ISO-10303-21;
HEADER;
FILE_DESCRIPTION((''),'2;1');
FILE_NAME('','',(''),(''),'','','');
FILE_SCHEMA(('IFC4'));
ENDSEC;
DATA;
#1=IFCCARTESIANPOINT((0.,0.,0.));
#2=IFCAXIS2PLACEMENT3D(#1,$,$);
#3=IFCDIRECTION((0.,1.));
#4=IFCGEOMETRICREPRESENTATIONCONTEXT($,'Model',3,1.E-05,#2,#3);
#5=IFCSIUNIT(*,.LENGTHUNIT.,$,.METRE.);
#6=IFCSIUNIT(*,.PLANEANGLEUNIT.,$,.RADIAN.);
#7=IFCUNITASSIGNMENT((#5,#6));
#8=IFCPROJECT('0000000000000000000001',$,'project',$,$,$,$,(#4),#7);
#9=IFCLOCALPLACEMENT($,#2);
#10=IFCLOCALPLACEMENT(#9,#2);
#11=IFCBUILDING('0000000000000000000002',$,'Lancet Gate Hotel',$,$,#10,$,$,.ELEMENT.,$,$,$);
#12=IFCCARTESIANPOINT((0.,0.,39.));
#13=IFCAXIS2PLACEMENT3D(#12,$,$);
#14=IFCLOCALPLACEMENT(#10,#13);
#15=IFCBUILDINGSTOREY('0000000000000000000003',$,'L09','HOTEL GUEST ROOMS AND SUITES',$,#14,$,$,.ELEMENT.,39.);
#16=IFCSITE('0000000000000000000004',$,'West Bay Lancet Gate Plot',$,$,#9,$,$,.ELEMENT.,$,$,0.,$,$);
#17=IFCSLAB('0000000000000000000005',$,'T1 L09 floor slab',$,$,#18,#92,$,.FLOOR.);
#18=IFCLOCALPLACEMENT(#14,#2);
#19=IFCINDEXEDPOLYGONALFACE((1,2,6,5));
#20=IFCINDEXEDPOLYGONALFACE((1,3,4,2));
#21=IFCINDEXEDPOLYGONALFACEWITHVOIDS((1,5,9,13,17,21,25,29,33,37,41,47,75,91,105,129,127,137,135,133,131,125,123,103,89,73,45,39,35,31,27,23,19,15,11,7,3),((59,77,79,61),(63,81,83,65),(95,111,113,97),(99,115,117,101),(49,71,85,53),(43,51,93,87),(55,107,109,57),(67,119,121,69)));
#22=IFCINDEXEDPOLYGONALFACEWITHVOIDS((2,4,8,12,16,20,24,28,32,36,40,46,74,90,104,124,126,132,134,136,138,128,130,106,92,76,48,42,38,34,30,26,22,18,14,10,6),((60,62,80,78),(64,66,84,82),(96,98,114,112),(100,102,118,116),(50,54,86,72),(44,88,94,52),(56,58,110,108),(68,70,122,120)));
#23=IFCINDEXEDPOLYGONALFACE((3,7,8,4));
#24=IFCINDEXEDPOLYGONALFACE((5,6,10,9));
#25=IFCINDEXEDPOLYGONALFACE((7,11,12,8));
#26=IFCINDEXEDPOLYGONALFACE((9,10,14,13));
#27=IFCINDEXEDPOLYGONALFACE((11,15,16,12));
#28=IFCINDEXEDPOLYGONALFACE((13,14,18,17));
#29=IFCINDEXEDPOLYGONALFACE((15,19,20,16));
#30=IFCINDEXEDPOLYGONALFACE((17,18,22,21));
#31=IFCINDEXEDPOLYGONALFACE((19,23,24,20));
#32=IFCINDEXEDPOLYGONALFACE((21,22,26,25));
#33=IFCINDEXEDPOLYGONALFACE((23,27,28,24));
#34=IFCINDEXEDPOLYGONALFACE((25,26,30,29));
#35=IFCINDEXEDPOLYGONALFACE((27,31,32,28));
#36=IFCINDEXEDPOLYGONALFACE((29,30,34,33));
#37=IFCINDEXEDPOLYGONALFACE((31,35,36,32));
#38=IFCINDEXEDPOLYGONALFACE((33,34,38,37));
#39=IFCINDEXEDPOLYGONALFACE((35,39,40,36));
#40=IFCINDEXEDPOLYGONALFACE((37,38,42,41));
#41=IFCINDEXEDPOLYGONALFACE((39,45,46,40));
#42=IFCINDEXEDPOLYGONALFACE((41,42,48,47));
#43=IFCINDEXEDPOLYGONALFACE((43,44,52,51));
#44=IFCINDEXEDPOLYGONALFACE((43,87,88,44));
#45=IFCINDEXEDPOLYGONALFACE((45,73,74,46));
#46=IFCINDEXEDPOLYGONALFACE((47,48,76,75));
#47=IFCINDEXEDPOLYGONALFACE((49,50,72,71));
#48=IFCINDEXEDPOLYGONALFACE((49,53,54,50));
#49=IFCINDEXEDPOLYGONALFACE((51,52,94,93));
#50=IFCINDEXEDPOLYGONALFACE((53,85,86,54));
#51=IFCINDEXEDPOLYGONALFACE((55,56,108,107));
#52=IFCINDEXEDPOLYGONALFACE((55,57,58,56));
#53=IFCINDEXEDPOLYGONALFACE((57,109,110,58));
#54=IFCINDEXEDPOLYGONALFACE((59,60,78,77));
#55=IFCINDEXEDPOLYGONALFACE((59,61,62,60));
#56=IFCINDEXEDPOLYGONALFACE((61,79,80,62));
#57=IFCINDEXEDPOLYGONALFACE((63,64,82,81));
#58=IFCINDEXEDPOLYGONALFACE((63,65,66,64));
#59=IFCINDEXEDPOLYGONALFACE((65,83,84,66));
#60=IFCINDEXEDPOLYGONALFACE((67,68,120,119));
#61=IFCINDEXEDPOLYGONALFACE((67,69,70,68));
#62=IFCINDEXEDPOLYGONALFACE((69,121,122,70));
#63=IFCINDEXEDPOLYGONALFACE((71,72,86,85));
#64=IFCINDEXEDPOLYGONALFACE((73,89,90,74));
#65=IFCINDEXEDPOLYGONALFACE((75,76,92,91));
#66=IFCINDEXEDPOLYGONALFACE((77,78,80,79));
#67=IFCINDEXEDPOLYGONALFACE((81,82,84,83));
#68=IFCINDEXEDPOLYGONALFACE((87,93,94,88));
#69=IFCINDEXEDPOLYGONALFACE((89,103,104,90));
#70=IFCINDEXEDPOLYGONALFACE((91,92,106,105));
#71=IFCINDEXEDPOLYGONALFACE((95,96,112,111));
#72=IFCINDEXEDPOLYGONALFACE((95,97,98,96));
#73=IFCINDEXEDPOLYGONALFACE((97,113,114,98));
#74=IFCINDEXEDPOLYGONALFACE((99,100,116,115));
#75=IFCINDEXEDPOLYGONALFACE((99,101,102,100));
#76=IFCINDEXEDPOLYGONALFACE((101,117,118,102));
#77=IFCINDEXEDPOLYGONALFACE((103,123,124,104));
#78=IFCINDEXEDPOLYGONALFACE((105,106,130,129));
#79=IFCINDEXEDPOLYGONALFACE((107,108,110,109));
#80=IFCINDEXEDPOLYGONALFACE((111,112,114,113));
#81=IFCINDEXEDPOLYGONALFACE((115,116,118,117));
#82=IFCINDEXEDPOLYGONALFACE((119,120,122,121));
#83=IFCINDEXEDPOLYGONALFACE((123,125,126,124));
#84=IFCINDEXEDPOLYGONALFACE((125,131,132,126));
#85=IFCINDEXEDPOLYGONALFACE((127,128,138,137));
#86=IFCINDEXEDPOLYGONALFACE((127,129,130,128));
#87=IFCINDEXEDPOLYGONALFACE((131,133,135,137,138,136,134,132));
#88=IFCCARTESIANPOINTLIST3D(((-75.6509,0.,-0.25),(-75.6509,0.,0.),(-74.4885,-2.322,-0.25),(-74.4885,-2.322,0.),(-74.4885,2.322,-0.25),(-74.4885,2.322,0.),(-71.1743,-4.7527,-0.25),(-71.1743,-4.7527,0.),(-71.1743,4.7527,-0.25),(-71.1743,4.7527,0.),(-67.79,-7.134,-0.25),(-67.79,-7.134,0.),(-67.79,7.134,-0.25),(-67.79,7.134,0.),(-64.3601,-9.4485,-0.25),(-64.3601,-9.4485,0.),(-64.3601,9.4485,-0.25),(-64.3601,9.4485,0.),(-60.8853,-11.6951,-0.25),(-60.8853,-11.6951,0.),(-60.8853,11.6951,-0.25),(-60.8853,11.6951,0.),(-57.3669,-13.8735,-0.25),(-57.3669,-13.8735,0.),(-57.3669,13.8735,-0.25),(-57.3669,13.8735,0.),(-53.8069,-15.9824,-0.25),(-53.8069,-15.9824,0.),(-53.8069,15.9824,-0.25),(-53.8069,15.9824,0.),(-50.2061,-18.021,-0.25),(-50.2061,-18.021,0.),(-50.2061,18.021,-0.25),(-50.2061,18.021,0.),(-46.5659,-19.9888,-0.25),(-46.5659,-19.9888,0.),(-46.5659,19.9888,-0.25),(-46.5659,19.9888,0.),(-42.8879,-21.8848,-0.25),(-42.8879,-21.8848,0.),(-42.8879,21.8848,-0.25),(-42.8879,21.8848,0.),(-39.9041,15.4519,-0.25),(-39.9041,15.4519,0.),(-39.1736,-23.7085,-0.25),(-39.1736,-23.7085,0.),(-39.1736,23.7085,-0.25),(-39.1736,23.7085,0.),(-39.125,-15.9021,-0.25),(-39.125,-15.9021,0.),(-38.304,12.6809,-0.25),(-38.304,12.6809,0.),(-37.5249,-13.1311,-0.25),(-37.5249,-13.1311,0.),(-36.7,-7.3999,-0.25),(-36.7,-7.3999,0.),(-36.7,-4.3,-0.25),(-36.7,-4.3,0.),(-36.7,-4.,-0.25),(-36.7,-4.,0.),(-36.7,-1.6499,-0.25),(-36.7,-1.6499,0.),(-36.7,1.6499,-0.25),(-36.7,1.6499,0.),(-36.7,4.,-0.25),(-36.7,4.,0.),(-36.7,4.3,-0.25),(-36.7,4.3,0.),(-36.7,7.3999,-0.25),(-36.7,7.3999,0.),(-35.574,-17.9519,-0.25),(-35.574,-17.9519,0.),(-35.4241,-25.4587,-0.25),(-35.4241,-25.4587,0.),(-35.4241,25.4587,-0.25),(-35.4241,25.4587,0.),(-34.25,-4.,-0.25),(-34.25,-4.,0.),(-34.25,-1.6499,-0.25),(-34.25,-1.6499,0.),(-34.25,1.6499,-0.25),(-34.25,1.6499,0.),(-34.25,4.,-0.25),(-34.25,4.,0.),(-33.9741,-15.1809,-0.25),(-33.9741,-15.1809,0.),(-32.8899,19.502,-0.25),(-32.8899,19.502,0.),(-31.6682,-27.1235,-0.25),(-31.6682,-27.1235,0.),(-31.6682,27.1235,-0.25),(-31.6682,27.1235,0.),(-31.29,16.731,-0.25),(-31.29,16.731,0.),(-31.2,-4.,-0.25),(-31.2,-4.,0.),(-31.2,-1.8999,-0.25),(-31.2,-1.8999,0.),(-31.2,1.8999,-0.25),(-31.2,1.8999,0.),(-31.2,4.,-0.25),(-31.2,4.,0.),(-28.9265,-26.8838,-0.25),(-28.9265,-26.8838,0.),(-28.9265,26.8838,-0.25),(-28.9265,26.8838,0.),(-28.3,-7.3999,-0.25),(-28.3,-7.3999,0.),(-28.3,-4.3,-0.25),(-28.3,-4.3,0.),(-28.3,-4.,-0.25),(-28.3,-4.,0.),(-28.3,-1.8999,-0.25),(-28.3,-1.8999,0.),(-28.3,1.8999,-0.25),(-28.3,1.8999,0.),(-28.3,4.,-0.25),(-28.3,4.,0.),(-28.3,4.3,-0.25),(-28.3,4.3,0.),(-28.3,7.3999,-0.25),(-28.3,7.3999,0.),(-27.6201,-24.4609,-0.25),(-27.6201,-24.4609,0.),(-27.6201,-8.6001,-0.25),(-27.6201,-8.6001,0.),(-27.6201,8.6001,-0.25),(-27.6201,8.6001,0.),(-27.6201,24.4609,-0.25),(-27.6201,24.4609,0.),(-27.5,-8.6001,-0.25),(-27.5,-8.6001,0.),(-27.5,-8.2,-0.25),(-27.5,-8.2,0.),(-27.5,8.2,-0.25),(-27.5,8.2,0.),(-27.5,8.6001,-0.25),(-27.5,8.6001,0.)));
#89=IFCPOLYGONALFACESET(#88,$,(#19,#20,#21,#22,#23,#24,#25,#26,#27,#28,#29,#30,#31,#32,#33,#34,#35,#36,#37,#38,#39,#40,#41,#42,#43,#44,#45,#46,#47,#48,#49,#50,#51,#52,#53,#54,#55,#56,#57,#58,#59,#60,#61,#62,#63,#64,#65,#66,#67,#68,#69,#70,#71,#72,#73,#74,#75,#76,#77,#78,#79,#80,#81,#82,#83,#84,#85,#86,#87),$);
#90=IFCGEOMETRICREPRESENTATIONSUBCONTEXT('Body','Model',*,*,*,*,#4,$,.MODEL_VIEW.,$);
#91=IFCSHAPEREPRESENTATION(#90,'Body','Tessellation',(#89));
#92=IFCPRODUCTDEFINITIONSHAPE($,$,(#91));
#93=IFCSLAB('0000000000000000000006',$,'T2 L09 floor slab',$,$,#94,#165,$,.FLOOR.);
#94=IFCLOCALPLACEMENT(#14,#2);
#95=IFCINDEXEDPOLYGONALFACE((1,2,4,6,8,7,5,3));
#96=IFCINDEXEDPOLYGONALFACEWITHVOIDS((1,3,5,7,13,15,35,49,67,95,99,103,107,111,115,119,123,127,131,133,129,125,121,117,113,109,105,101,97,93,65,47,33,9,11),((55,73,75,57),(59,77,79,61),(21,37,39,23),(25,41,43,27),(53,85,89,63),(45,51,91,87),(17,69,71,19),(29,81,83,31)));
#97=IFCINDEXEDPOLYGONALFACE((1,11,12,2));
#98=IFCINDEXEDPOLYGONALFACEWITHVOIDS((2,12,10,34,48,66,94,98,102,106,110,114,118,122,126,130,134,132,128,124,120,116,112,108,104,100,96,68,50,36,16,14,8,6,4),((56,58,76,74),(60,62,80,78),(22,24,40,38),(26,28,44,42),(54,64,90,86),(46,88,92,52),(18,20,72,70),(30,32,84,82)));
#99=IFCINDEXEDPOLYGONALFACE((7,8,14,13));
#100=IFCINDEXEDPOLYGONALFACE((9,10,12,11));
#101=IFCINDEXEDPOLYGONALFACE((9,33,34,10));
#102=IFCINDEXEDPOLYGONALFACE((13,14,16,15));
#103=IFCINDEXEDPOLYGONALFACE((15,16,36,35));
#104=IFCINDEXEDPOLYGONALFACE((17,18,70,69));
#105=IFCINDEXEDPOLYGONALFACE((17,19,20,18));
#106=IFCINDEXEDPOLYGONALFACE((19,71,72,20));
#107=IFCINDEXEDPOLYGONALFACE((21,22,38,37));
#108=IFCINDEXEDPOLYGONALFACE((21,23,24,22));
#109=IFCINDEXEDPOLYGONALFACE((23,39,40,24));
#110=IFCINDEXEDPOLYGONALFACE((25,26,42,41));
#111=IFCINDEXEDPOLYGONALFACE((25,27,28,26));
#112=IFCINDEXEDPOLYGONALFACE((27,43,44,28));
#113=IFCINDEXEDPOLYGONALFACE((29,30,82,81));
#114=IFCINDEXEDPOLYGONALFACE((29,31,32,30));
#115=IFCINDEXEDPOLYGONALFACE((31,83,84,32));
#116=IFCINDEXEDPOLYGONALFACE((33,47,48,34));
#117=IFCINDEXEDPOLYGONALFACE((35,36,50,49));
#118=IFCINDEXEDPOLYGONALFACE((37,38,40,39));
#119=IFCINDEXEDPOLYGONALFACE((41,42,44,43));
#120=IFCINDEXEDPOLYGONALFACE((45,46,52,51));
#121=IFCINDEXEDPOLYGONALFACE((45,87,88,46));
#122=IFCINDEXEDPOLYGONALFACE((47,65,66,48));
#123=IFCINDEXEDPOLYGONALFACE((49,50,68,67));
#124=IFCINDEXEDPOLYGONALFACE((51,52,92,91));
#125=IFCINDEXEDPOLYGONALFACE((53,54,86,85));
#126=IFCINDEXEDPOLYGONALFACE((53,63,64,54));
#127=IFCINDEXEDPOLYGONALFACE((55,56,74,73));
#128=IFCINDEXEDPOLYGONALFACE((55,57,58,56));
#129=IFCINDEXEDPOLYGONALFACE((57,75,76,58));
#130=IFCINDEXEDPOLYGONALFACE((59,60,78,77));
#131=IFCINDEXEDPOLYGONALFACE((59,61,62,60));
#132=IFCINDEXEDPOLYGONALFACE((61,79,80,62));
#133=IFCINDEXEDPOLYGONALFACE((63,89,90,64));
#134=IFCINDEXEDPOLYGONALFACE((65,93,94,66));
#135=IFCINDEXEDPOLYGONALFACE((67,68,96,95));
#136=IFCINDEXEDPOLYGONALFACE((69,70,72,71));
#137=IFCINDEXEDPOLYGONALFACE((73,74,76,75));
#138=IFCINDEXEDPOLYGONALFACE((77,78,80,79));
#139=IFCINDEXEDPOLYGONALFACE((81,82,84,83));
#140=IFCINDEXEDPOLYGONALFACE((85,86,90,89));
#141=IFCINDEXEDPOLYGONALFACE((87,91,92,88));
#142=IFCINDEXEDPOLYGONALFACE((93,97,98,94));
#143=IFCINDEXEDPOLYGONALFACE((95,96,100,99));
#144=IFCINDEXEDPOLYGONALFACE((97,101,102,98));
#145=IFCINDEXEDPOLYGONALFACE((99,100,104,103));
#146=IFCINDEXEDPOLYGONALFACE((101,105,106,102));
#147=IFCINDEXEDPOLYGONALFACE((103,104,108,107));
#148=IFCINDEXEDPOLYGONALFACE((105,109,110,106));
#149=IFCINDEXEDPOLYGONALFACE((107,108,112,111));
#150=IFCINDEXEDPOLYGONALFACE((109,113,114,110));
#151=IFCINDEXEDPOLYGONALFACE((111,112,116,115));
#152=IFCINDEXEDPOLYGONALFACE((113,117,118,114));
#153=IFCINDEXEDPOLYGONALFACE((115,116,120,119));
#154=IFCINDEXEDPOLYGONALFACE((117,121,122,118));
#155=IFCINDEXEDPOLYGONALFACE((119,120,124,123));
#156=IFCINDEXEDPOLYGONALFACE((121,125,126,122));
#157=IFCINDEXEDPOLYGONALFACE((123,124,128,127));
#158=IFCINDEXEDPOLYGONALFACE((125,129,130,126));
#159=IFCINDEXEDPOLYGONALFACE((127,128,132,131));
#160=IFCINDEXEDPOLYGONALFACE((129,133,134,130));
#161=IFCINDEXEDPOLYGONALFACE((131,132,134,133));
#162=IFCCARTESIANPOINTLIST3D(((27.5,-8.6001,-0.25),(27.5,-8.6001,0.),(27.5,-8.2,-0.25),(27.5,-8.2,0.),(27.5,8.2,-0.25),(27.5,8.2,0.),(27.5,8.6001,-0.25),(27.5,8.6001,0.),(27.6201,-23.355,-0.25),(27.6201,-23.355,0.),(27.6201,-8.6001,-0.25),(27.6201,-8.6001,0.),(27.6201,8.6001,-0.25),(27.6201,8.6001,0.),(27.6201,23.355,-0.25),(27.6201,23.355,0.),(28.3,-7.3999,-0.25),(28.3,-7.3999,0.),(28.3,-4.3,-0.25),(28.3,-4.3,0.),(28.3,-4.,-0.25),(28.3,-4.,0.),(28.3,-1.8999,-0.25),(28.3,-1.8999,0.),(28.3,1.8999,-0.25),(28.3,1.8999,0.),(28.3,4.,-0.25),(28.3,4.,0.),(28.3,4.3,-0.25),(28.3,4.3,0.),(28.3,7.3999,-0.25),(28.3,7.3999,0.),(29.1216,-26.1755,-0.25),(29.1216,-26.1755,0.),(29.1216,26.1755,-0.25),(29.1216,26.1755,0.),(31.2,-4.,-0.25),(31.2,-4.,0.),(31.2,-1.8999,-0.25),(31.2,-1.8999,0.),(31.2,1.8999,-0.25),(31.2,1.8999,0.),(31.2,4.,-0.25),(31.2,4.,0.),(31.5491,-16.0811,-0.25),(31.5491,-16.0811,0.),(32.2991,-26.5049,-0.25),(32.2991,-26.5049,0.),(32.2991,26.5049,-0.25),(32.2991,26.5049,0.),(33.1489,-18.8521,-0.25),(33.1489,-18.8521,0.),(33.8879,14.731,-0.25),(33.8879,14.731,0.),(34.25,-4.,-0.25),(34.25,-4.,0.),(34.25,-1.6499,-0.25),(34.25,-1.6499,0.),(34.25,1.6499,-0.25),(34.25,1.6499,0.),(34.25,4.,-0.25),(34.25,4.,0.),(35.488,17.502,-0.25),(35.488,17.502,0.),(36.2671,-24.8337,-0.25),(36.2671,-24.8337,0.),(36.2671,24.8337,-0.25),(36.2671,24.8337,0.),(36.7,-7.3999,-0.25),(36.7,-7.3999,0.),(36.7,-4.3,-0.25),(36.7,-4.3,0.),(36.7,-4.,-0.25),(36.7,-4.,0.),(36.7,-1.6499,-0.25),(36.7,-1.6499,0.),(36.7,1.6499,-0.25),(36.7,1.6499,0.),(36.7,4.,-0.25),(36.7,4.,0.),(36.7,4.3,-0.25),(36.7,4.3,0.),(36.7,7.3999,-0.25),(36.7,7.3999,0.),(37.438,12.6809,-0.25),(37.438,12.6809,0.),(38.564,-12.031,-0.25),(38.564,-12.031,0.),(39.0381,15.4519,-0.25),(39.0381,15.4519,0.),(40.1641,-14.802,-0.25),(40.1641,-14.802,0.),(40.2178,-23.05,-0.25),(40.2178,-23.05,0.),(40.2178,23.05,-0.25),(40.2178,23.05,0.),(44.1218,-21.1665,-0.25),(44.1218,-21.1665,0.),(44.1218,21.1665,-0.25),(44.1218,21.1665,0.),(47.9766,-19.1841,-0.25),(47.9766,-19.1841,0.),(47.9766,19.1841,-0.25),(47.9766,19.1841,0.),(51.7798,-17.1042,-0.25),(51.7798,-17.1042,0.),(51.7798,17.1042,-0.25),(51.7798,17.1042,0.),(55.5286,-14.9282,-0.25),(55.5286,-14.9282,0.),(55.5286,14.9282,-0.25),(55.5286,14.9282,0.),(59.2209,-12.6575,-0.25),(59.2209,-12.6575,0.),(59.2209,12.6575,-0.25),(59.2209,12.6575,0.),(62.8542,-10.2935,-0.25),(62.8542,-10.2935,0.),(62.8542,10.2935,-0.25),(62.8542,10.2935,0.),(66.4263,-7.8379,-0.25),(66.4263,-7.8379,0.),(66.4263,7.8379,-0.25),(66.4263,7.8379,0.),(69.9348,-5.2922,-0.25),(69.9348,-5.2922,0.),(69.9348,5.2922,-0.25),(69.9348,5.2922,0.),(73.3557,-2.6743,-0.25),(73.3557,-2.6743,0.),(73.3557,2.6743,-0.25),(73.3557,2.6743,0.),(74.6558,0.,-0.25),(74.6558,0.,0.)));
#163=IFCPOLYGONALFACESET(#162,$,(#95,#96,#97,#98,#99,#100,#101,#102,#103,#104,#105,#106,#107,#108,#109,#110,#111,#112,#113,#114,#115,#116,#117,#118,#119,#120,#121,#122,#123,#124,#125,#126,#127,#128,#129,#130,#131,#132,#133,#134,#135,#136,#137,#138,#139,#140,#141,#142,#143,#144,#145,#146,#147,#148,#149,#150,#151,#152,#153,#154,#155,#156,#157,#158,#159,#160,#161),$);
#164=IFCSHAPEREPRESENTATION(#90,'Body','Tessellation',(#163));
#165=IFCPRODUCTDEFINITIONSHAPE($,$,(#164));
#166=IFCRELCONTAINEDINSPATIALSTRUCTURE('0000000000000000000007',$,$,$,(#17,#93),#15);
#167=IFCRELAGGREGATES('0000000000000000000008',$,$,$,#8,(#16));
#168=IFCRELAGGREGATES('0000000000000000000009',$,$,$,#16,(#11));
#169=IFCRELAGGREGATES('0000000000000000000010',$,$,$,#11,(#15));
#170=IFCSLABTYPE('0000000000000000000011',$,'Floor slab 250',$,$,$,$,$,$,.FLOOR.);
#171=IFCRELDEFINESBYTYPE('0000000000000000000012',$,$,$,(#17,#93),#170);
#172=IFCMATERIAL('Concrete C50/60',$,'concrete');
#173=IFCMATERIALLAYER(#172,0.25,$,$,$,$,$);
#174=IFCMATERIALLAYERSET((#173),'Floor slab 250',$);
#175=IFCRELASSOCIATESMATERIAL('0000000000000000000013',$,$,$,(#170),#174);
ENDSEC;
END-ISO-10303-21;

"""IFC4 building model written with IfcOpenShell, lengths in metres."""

from ifc_helpers import new_model, si_unit, direction, frame, origin, place, context, subcontext, project, spatial, polyline, outline, extrude, material, layer, layer_set, type_object, element, save


model = new_model("IFC4")

# Units and contexts
model_context = context("Model", 3, precision=1e-05, world=origin(), true_north=direction((0.0, 1.0)))
body_context = subcontext(model_context, "Body", "Model", "MODEL_VIEW")
ifc_project = project(units=[si_unit("LENGTHUNIT", "METRE"), si_unit("PLANEANGLEUNIT", "RADIAN")], contexts=[model_context])

# Site, building, storey
site_placement = place(None, origin())
site = spatial("IfcSite", under=ifc_project, at=site_placement, Name="West Bay Lancet Gate Plot", CompositionType="ELEMENT", RefElevation=0.0)
building_placement = place(site_placement, origin())
building = spatial("IfcBuilding", under=site, at=building_placement, Name="Lancet Gate Hotel", CompositionType="ELEMENT")
storey_placement = place(building_placement, frame((0.0, 0.0, 39.0)))
storey = spatial("IfcBuildingStorey", under=building, at=storey_placement, Name="L09", Description="HOTEL GUEST ROOMS AND SUITES", CompositionType="ELEMENT", Elevation=39.0)

# Slabs
ifc_material_1 = material(Name="Concrete C50/60", Category="concrete")
ifc_layer_1 = layer(ifc_material_1, 0.25)
ifc_layer_set_1 = layer_set([ifc_layer_1], Name="Floor slab 250")
slab_type_1 = type_object("IfcSlabType", Name="Floor slab 250", PredefinedType="FLOOR", material=ifc_layer_set_1)
slab_1_placement = place(storey_placement, frame((0.0, 0.0, -0.25)))
element("IfcSlab", 1, at=slab_1_placement, inside=storey, type_object=slab_type_1, Name="T1 L09 floor slab", PredefinedType="FLOOR", context=body_context, shape_type="SweptSolid", body=[
    extrude(outline(polyline([(-27.5, 8.6001), (-27.6201, 8.6001), (-27.6201, 24.4609), (-28.9265, 26.8838), (-31.6682, 27.1235), (-35.4241, 25.4587), (-39.1736, 23.7085), (-42.8879, 21.8848), (-46.5659, 19.9888), (-50.2061, 18.021), (-53.8069, 15.9824), (-57.3669, 13.8735), (-60.8853, 11.6951), (-64.3601, 9.4485), (-67.79, 7.134), (-71.1743, 4.7527), (-74.4885, 2.322), (-75.6509, 0.0), (-74.4885, -2.322), (-71.1743, -4.7527), (-67.79, -7.134), (-64.3601, -9.4485), (-60.8853, -11.6951), (-57.3669, -13.8735), (-53.8069, -15.9824), (-50.2061, -18.021), (-46.5659, -19.9888), (-42.8879, -21.8848), (-39.1736, -23.7085), (-35.4241, -25.4587), (-31.6682, -27.1235), (-28.9265, -26.8838), (-27.6201, -24.4609), (-27.6201, -8.6001), (-27.5, -8.6001), (-27.5, -8.2), (-27.5, 8.2), (-27.5, 8.6001)]), holes=[polyline([(-36.7, 7.3999), (-36.7, 4.3), (-28.3, 4.3), (-28.3, 7.3999), (-36.7, 7.3999)]), polyline([(-28.3, 4.0), (-31.2, 4.0), (-31.2, 1.8999), (-28.3, 1.8999), (-28.3, 4.0)]), polyline([(-34.25, 4.0), (-36.7, 4.0), (-36.7, 1.6499), (-34.25, 1.6499), (-34.25, 4.0)]), polyline([(-36.7, -1.6499), (-36.7, -4.0), (-34.25, -4.0), (-34.25, -1.6499), (-36.7, -1.6499)]), polyline([(-28.3, -1.8999), (-31.2, -1.8999), (-31.2, -4.0), (-28.3, -4.0), (-28.3, -1.8999)]), polyline([(-28.3, -4.3), (-36.7, -4.3), (-36.7, -7.3999), (-28.3, -7.3999), (-28.3, -4.3)]), polyline([(-31.29, 16.731), (-32.8899, 19.502), (-39.9041, 15.4519), (-38.304, 12.6809), (-31.29, 16.731)]), polyline([(-33.9741, -15.1809), (-37.5249, -13.1311), (-39.125, -15.9021), (-35.574, -17.9519), (-33.9741, -15.1809)])]), origin(), (0.0, 0.0, 1.0), 0.25),
])
slab_2_placement = place(storey_placement, frame((0.0, 0.0, -0.25)))
element("IfcSlab", 2, at=slab_2_placement, inside=storey, type_object=slab_type_1, Name="T2 L09 floor slab", PredefinedType="FLOOR", context=body_context, shape_type="SweptSolid", body=[
    extrude(outline(polyline([(27.5, -8.6001), (27.6201, -8.6001), (27.6201, -23.355), (29.1216, -26.1755), (32.2991, -26.5049), (36.2671, -24.8337), (40.2178, -23.05), (44.1218, -21.1665), (47.9766, -19.1841), (51.7798, -17.1042), (55.5286, -14.9282), (59.2209, -12.6575), (62.8542, -10.2935), (66.4263, -7.8379), (69.9348, -5.2922), (73.3557, -2.6743), (74.6558, 0.0), (73.3557, 2.6743), (69.9348, 5.2922), (66.4263, 7.8379), (62.8542, 10.2935), (59.2209, 12.6575), (55.5286, 14.9282), (51.7798, 17.1042), (47.9766, 19.1841), (44.1218, 21.1665), (40.2178, 23.05), (36.2671, 24.8337), (32.2991, 26.5049), (29.1216, 26.1755), (27.6201, 23.355), (27.6201, 8.6001), (27.5, 8.6001), (27.5, 8.2), (27.5, -8.2), (27.5, -8.6001)]), holes=[polyline([(36.7, -7.3999), (36.7, -4.3), (28.3, -4.3), (28.3, -7.3999), (36.7, -7.3999)]), polyline([(28.3, -4.0), (31.2, -4.0), (31.2, -1.8999), (28.3, -1.8999), (28.3, -4.0)]), polyline([(34.25, -4.0), (36.7, -4.0), (36.7, -1.6499), (34.25, -1.6499), (34.25, -4.0)]), polyline([(36.7, 1.6499), (36.7, 4.0), (34.25, 4.0), (34.25, 1.6499), (36.7, 1.6499)]), polyline([(28.3, 1.8999), (31.2, 1.8999), (31.2, 4.0), (28.3, 4.0), (28.3, 1.8999)]), polyline([(28.3, 4.3), (36.7, 4.3), (36.7, 7.3999), (28.3, 7.3999), (28.3, 4.3)]), polyline([(31.5491, -16.0811), (33.1489, -18.8521), (40.1641, -14.802), (38.564, -12.031), (31.5491, -16.0811)]), polyline([(33.8879, 14.731), (37.438, 12.6809), (39.0381, 15.4519), (35.488, 17.502), (33.8879, 14.731)])]), origin(), (0.0, 0.0, 1.0), 0.25),
])

save(model, "model.ifc")
